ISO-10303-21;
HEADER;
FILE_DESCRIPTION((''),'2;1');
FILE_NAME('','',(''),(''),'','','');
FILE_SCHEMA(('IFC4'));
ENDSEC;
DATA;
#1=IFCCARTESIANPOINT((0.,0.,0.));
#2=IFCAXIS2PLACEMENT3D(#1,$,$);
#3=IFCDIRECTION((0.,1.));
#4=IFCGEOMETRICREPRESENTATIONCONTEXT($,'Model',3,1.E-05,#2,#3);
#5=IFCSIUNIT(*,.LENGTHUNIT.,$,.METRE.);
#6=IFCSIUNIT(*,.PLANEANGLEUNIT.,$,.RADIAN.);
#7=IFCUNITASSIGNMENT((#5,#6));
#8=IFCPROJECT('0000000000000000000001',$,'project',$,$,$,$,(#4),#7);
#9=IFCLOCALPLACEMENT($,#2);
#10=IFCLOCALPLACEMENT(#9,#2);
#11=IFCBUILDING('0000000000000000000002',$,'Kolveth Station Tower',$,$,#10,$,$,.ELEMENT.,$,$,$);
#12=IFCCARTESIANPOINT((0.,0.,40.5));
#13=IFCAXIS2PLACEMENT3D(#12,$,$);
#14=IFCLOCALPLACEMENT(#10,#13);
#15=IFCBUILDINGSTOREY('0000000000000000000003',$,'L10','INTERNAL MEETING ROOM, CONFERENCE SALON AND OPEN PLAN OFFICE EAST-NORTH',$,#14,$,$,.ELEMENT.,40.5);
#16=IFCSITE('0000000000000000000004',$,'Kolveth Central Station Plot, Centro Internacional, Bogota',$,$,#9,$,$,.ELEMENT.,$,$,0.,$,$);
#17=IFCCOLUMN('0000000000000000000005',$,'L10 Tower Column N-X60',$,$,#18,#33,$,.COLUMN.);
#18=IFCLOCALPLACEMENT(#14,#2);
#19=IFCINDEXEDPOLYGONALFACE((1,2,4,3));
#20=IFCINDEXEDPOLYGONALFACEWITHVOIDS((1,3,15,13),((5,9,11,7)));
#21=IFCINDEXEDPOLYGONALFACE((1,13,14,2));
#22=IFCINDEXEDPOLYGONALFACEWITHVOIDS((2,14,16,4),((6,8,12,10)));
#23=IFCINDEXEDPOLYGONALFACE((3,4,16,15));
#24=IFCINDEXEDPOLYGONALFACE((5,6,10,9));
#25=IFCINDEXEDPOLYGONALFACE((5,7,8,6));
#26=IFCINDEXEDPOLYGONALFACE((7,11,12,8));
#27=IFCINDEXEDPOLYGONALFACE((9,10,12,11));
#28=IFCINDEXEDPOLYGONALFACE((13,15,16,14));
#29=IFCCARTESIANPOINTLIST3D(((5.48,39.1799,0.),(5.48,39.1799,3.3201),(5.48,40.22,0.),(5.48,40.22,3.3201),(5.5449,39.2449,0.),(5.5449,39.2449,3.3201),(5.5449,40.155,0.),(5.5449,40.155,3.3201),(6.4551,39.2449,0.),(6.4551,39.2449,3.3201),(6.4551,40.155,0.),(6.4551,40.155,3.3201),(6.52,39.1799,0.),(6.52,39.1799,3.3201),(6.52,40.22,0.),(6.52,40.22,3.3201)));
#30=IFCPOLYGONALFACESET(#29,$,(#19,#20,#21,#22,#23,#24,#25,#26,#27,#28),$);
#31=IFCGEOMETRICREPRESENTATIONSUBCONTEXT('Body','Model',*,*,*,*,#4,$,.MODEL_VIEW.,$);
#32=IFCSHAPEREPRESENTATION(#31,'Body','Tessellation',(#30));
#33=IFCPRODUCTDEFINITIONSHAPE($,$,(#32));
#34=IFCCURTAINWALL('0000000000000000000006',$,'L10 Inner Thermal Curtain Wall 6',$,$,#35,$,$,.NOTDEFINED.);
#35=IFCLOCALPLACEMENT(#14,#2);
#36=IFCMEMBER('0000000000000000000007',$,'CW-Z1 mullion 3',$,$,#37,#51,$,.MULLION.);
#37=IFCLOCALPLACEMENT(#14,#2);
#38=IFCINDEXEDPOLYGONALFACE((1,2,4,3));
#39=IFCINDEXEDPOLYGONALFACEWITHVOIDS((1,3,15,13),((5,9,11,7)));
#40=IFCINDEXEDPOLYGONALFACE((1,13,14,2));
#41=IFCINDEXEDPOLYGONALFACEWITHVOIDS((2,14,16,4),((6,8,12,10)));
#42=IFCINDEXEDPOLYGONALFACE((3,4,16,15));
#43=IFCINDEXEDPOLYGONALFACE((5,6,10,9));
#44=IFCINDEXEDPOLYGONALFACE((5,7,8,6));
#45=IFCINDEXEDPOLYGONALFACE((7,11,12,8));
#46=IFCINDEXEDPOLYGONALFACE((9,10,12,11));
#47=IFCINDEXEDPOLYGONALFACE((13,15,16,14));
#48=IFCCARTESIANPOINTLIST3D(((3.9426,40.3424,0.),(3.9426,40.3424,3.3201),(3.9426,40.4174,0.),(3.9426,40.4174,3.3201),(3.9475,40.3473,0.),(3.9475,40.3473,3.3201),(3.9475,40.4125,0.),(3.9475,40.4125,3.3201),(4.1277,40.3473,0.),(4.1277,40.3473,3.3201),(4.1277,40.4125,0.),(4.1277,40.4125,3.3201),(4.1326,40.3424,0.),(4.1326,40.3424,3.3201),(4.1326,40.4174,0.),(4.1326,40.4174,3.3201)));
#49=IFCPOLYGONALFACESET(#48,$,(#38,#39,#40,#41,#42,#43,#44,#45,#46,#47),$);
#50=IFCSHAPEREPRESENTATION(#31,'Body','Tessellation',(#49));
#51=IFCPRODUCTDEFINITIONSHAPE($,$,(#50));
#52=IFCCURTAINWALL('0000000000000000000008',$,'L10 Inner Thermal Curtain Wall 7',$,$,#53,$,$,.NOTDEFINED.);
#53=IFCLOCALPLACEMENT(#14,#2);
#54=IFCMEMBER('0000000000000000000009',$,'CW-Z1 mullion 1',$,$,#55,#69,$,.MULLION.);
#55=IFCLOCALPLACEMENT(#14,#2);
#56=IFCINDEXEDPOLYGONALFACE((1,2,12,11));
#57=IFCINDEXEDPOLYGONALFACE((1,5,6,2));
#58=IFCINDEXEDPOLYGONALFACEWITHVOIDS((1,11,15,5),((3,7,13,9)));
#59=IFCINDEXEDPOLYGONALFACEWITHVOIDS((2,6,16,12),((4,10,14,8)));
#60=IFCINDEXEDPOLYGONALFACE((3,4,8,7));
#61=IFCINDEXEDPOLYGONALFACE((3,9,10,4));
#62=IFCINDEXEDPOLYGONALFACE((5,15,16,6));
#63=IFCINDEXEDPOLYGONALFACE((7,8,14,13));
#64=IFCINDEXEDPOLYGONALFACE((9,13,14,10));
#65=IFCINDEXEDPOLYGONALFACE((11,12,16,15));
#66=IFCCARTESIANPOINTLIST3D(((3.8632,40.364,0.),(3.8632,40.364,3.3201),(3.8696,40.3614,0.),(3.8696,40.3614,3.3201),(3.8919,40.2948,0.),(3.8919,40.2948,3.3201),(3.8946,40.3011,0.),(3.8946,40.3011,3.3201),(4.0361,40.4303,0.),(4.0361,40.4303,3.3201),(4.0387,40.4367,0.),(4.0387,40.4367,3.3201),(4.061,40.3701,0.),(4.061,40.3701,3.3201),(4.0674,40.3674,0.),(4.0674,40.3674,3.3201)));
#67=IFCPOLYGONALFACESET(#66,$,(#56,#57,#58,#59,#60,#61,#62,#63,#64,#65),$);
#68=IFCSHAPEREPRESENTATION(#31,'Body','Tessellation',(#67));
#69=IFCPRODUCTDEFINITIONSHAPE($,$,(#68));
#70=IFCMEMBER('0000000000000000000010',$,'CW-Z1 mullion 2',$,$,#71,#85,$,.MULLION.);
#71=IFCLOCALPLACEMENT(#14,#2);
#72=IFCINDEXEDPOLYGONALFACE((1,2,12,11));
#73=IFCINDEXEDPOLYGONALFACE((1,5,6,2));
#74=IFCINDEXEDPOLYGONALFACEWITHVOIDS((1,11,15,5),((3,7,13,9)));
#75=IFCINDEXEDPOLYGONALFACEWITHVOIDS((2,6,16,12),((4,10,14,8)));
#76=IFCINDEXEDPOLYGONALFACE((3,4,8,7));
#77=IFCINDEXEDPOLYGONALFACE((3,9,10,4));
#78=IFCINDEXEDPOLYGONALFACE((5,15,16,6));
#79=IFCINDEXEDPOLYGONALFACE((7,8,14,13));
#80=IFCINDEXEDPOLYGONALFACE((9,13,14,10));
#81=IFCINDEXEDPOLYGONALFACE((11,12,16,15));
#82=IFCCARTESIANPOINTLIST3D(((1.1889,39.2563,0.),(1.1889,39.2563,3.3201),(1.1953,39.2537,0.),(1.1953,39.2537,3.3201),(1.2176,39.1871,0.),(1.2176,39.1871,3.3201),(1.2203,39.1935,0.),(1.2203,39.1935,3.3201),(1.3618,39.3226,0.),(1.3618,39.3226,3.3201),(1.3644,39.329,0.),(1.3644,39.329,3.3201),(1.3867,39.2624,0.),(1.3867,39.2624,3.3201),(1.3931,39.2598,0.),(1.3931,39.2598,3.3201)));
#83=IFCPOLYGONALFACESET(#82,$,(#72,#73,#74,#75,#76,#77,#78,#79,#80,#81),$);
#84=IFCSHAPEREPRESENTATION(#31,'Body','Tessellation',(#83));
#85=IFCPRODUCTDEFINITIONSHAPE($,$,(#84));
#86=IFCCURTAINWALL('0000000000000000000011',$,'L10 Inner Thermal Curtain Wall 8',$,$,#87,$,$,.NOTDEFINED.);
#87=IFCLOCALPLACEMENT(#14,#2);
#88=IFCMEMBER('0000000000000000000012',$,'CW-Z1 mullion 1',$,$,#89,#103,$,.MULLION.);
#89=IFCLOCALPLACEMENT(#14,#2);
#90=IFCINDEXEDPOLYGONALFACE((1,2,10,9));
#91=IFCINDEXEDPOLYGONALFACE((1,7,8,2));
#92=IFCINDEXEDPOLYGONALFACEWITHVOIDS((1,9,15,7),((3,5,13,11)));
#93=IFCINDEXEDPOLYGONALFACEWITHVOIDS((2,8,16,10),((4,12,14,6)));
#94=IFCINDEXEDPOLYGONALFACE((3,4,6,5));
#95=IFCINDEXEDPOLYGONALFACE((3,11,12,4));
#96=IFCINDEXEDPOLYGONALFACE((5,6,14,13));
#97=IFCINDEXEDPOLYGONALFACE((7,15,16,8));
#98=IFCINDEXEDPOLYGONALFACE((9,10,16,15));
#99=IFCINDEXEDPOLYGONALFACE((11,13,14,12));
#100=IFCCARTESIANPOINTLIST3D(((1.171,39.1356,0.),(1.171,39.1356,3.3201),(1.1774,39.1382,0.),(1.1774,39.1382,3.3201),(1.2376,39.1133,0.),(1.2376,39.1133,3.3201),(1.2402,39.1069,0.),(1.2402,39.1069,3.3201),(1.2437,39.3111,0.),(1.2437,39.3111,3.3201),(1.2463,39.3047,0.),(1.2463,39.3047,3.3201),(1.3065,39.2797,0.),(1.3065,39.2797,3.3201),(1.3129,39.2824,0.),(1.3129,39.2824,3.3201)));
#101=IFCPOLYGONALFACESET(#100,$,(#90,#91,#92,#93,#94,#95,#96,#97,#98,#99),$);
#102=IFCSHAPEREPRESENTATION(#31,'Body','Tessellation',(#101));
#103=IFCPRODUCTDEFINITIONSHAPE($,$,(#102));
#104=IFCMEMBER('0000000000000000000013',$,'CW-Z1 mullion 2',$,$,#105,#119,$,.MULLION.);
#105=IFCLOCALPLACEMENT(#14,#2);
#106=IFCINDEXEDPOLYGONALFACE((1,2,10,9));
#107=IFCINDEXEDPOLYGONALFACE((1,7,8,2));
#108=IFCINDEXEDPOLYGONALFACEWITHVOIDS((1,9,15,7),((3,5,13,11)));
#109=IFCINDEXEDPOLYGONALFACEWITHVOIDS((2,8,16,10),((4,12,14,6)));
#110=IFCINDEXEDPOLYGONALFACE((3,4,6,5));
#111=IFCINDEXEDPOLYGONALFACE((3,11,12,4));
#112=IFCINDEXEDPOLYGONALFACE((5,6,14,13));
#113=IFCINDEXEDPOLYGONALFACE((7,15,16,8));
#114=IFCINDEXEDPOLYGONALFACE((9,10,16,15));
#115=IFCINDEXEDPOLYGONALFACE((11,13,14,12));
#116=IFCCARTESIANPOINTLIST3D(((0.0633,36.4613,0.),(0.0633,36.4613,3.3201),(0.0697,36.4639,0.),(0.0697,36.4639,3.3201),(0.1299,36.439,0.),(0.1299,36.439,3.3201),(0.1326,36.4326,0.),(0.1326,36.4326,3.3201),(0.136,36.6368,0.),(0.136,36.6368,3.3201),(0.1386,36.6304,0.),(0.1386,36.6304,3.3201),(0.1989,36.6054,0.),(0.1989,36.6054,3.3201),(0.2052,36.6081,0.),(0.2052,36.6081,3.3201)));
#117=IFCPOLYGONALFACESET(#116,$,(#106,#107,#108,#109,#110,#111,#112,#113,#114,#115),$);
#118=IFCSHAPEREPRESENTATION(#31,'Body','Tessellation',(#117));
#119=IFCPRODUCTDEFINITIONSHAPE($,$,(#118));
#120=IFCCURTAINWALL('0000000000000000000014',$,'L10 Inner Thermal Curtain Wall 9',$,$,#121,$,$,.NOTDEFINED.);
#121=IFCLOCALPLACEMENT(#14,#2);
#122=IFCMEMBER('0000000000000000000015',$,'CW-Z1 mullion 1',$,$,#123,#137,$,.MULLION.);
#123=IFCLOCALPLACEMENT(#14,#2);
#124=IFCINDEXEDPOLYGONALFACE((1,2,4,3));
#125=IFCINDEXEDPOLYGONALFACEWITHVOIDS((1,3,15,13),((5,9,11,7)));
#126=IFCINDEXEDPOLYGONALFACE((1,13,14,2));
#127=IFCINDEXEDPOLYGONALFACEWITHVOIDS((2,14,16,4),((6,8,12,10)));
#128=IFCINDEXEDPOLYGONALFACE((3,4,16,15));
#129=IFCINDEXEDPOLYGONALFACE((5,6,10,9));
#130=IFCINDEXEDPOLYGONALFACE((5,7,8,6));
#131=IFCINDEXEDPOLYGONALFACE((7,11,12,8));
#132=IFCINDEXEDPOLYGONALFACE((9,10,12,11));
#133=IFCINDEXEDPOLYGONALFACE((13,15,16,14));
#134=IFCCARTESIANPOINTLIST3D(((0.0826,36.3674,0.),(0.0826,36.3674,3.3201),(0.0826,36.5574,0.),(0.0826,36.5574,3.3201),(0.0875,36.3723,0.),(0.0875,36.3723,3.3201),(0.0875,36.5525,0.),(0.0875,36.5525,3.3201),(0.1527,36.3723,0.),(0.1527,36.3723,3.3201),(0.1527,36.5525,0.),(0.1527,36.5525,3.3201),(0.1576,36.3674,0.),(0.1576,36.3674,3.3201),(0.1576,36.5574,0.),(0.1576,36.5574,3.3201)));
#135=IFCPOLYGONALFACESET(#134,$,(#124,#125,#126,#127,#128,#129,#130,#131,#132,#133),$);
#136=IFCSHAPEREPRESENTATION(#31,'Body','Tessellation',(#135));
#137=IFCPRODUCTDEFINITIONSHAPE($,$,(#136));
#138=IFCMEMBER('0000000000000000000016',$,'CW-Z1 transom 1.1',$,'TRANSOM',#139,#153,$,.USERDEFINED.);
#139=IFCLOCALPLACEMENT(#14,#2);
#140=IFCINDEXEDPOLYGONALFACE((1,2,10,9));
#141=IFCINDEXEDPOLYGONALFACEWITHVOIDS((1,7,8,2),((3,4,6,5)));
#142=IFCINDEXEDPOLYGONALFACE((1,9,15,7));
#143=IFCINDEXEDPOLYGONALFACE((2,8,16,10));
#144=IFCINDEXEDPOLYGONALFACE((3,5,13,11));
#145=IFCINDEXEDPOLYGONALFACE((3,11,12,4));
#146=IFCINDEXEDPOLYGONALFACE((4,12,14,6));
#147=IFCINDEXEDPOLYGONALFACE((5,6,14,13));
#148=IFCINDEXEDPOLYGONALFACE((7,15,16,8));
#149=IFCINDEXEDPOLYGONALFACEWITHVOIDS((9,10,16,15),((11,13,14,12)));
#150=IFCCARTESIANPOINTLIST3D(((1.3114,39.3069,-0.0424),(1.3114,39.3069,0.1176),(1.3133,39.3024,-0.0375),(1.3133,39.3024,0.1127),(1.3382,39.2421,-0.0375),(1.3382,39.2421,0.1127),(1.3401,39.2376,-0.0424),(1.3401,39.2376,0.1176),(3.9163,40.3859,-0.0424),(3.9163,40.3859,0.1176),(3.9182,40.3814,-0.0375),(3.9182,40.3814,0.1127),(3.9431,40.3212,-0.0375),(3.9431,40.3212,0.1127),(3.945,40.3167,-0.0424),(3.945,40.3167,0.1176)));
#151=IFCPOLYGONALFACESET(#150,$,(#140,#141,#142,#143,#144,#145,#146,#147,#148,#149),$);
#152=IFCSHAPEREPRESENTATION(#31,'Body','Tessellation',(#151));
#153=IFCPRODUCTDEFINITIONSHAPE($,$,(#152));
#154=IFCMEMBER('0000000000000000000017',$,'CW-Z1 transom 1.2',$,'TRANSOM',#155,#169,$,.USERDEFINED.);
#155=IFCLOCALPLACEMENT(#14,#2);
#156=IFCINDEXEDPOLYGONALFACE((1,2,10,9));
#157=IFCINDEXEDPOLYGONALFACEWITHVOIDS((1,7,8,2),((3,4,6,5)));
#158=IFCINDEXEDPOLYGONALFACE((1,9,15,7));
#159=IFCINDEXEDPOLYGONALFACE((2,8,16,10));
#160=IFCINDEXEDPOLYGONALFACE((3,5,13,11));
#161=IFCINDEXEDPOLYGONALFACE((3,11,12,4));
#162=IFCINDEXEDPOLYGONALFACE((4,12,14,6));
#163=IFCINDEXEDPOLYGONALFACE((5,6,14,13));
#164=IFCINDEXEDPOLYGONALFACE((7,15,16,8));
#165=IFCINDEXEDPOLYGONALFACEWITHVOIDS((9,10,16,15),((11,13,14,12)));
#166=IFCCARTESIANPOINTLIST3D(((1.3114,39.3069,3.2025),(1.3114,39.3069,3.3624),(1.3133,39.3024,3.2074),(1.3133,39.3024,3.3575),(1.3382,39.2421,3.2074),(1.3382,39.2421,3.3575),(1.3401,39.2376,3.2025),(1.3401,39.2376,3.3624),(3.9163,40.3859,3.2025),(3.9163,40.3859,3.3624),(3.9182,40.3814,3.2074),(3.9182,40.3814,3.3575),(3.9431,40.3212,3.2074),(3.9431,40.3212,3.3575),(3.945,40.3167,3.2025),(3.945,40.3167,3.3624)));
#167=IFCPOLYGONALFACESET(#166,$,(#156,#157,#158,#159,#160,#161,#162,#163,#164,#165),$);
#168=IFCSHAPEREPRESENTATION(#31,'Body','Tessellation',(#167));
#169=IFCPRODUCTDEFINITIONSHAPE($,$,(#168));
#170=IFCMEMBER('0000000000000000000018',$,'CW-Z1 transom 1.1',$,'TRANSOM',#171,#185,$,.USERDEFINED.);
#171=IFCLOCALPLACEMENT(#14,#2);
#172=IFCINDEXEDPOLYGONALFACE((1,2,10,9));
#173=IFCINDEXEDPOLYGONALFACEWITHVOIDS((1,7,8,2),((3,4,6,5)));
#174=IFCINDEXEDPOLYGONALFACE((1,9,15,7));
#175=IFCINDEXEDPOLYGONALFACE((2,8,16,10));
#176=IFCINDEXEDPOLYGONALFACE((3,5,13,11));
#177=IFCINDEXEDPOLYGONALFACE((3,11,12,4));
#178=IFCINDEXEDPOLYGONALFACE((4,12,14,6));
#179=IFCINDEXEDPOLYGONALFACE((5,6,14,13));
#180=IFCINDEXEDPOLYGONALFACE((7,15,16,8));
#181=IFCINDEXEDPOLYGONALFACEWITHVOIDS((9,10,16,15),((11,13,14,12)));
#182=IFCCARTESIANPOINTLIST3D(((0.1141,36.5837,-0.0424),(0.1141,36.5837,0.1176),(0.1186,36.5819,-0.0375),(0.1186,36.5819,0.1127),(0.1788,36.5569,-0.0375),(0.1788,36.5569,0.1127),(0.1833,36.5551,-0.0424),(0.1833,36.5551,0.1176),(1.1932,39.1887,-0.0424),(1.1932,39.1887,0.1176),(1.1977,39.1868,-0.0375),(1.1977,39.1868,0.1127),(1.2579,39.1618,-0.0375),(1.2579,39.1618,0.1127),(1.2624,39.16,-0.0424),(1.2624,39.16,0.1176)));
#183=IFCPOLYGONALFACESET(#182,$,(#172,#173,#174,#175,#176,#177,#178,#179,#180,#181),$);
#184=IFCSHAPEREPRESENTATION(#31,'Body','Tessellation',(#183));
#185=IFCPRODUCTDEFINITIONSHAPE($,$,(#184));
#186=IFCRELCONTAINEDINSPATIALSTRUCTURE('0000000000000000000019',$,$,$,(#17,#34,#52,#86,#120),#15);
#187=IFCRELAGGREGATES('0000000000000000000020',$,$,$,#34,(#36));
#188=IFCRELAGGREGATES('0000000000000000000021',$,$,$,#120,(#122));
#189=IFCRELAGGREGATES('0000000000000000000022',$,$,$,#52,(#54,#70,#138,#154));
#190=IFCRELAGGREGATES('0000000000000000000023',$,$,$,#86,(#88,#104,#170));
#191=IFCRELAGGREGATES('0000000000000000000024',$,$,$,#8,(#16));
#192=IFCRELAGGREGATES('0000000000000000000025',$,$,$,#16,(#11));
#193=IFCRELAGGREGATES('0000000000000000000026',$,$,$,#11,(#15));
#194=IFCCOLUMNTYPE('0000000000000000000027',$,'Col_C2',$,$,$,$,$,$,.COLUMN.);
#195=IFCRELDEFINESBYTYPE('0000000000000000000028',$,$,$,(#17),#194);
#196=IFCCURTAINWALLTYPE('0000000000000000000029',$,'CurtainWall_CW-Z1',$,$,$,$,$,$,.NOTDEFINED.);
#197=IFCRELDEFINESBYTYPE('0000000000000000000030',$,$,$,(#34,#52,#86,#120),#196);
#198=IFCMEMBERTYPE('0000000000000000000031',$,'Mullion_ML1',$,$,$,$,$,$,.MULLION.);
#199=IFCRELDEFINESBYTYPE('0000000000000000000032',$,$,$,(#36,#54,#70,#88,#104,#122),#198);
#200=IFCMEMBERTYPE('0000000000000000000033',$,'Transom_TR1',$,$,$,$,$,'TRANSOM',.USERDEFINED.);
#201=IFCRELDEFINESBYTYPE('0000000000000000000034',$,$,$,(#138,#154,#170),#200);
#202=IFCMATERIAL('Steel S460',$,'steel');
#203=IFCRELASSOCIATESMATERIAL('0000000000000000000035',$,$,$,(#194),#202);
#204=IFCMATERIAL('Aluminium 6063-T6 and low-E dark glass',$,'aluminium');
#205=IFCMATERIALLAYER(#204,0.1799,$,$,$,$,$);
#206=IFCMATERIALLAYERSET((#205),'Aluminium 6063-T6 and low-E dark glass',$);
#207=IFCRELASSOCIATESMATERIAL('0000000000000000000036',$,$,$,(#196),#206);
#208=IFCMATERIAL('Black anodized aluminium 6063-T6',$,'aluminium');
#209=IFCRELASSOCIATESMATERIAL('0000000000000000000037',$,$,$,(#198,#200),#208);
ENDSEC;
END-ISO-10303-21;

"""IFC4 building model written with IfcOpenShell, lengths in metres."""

from ifc_helpers import new_model, si_unit, direction, frame, origin, origin_2d, place, context, subcontext, project, spatial, hollow_rectangle, extrude, source, transform, mapped, material, layer, layer_set, material_profile, profile_set, type_object, element, aggregate, save


model = new_model("IFC4")

# Units and contexts
model_context = context("Model", 3, precision=1e-05, world=origin(), true_north=direction((0.0, 1.0)))
body_context = subcontext(model_context, "Body", "Model", "MODEL_VIEW")
ifc_project = project(units=[si_unit("LENGTHUNIT", "METRE"), si_unit("PLANEANGLEUNIT", "RADIAN")], contexts=[model_context])

# Site, building, storey
site_placement = place(None, origin())
site = spatial("IfcSite", under=ifc_project, at=site_placement, Name="Kolveth Central Station Plot, Centro Internacional, Bogota", CompositionType="ELEMENT", RefElevation=0.0)
building_placement = place(site_placement, origin())
building = spatial("IfcBuilding", under=site, at=building_placement, Name="Kolveth Station Tower", CompositionType="ELEMENT")
storey_placement = place(building_placement, frame((0.0, 0.0, 40.5)))
storey = spatial("IfcBuildingStorey", under=building, at=storey_placement, Name="L10", Description="INTERNAL MEETING ROOM, CONFERENCE SALON AND OPEN PLAN OFFICE EAST-NORTH", CompositionType="ELEMENT", Elevation=40.5)

# Column
ifc_material_1 = material(Name="Steel S460", Category="steel")
ifc_material_profile_1 = material_profile(ifc_material_1, hollow_rectangle(XDim=1.04, YDim=1.04, WallThickness=0.0649, at=origin_2d()), Name="BOX1040x1040x65")
ifc_profile_set_1 = profile_set([ifc_material_profile_1], Name="Steel S460")
column_type = type_object("IfcColumnType", Name="Col_C2", PredefinedType="COLUMN", material=ifc_profile_set_1)
shared_shape_1 = source(origin(), body_context, "Body", "SweptSolid", [
    extrude(hollow_rectangle(XDim=1.04, YDim=1.04, WallThickness=0.0649, at=origin_2d()), origin(), (0.0, 0.0, 1.0), 3.3201),
])
column_placement = place(storey_placement, frame((6.0, 39.7, 0.0), z_axis=(0.0, 0.0, 1.0), x_axis=(1.0, 0.0, 0.0)))
element("IfcColumn", 1, at=column_placement, inside=storey, type_object=column_type, Name="L10 Tower Column N-X60", PredefinedType="COLUMN", context=body_context, shape_type="MappedRepresentation", body=[
    mapped(shared_shape_1, transform((0.0, 0.0, 0.0), x_axis=(1.0, 0.0, 0.0), y_axis=(0.0, 1.0, 0.0), z_axis=(0.0, 0.0, 1.0), scale=1.0)),
])

# Curtain wall, member
ifc_material_2 = material(Name="Aluminium 6063-T6 and low-E dark glass", Category="aluminium")
ifc_layer_1 = layer(ifc_material_2, 0.1799)
ifc_layer_set_1 = layer_set([ifc_layer_1], Name="Aluminium 6063-T6 and low-E dark glass")
curtain_wall_type_1 = type_object("IfcCurtainWallType", Name="CurtainWall_CW-Z1", PredefinedType="NOTDEFINED", material=ifc_layer_set_1)
curtain_wall_1_placement = place(storey_placement, origin())
curtain_wall_1 = element("IfcCurtainWall", 2, at=curtain_wall_1_placement, inside=storey, type_object=curtain_wall_type_1, Name="L10 Inner Thermal Curtain Wall 6", PredefinedType="NOTDEFINED")
ifc_material_3 = material(Name="Black anodized aluminium 6063-T6", Category="aluminium")
ifc_material_profile_2 = material_profile(ifc_material_3, hollow_rectangle(XDim=0.075, YDim=0.1899, WallThickness=0.0049, at=origin_2d()), Name="ALU-75x190x5")
ifc_profile_set_2 = profile_set([ifc_material_profile_2], Name="Black anodized aluminium 6063-T6")
member_type_1 = type_object("IfcMemberType", Name="Mullion_ML1", PredefinedType="MULLION", material=ifc_profile_set_2)
shared_shape_2 = source(origin(), body_context, "Body", "SweptSolid", [
    extrude(hollow_rectangle(XDim=0.075, YDim=0.1899, WallThickness=0.0049, at=origin_2d()), origin(), (0.0, 0.0, 1.0), 3.3201),
])
member_1_placement = place(storey_placement, frame((4.0376, 40.3799, 0.0), z_axis=(0.0, 0.0, 1.0), x_axis=(0.0, -1.0, 0.0)))
member_1 = element("IfcMember", 3, at=member_1_placement, type_object=member_type_1, Name="CW-Z1 mullion 3", PredefinedType="MULLION", context=body_context, shape_type="MappedRepresentation", body=[
    mapped(shared_shape_2, transform((0.0, 0.0, 0.0), x_axis=(1.0, 0.0, 0.0), y_axis=(0.0, 1.0, 0.0), z_axis=(0.0, 0.0, 1.0), scale=1.0)),
])
aggregate(curtain_wall_1, [member_1])

# Curtain walls, members
curtain_wall_2_placement = place(storey_placement, origin())
curtain_wall_2 = element("IfcCurtainWall", 4, at=curtain_wall_2_placement, inside=storey, type_object=curtain_wall_type_1, Name="L10 Inner Thermal Curtain Wall 7", PredefinedType="NOTDEFINED")
member_2_placement = place(storey_placement, frame((3.9653, 40.3657, 0.0), z_axis=(0.0, 0.0, 1.0), x_axis=(0.382673, -0.923884, 0.0)))
member_2 = element("IfcMember", 5, at=member_2_placement, type_object=member_type_1, Name="CW-Z1 mullion 1", PredefinedType="MULLION", context=body_context, shape_type="MappedRepresentation", body=[
    mapped(shared_shape_2, transform((0.0, 0.0, 0.0), x_axis=(1.0, 0.0, 0.0), y_axis=(0.0, 1.0, 0.0), z_axis=(0.0, 0.0, 1.0), scale=1.0)),
])
member_3_placement = place(storey_placement, frame((1.291, 39.2581, 0.0), z_axis=(0.0, 0.0, 1.0), x_axis=(0.382673, -0.923884, 0.0)))
member_3 = element("IfcMember", 6, at=member_3_placement, type_object=member_type_1, Name="CW-Z1 mullion 2", PredefinedType="MULLION", context=body_context, shape_type="MappedRepresentation", body=[
    mapped(shared_shape_2, transform((0.0, 0.0, 0.0), x_axis=(1.0, 0.0, 0.0), y_axis=(0.0, 1.0, 0.0), z_axis=(0.0, 0.0, 1.0), scale=1.0)),
])
curtain_wall_3_placement = place(storey_placement, origin())
curtain_wall_3 = element("IfcCurtainWall", 7, at=curtain_wall_3_placement, inside=storey, type_object=curtain_wall_type_1, Name="L10 Inner Thermal Curtain Wall 8", PredefinedType="NOTDEFINED")
member_4_placement = place(storey_placement, frame((1.2419, 39.209, 0.0), z_axis=(0.0, 0.0, 1.0), x_axis=(0.923884, -0.382673, 0.0)))
member_4 = element("IfcMember", 8, at=member_4_placement, type_object=member_type_1, Name="CW-Z1 mullion 1", PredefinedType="MULLION", context=body_context, shape_type="MappedRepresentation", body=[
    mapped(shared_shape_2, transform((0.0, 0.0, 0.0), x_axis=(1.0, 0.0, 0.0), y_axis=(0.0, 1.0, 0.0), z_axis=(0.0, 0.0, 1.0), scale=1.0)),
])
member_5_placement = place(storey_placement, frame((0.1343, 36.5347, 0.0), z_axis=(0.0, 0.0, 1.0), x_axis=(0.923884, -0.382673, 0.0)))
member_5 = element("IfcMember", 9, at=member_5_placement, type_object=member_type_1, Name="CW-Z1 mullion 2", PredefinedType="MULLION", context=body_context, shape_type="MappedRepresentation", body=[
    mapped(shared_shape_2, transform((0.0, 0.0, 0.0), x_axis=(1.0, 0.0, 0.0), y_axis=(0.0, 1.0, 0.0), z_axis=(0.0, 0.0, 1.0), scale=1.0)),
])

# Curtain wall, member
curtain_wall_4_placement = place(storey_placement, origin())
curtain_wall_4 = element("IfcCurtainWall", 10, at=curtain_wall_4_placement, inside=storey, type_object=curtain_wall_type_1, Name="L10 Inner Thermal Curtain Wall 9", PredefinedType="NOTDEFINED")
member_6_placement = place(storey_placement, frame((0.1201, 36.4624, 0.0), z_axis=(0.0, 0.0, 1.0), x_axis=(1.0, 0.0, 0.0)))
member_6 = element("IfcMember", 11, at=member_6_placement, type_object=member_type_1, Name="CW-Z1 mullion 1", PredefinedType="MULLION", context=body_context, shape_type="MappedRepresentation", body=[
    mapped(shared_shape_2, transform((0.0, 0.0, 0.0), x_axis=(1.0, 0.0, 0.0), y_axis=(0.0, 1.0, 0.0), z_axis=(0.0, 0.0, 1.0), scale=1.0)),
])
aggregate(curtain_wall_4, [member_6])

# Members
ifc_material_profile_3 = material_profile(ifc_material_3, hollow_rectangle(XDim=0.075, YDim=0.1599, WallThickness=0.0049, at=origin_2d()), Name="ALU-75x160x5")
ifc_profile_set_3 = profile_set([ifc_material_profile_3], Name="Black anodized aluminium 6063-T6")
member_type_2 = type_object("IfcMemberType", Name="Transom_TR1", ElementType="TRANSOM", PredefinedType="USERDEFINED", material=ifc_profile_set_3)
shared_shape_3 = source(origin(), body_context, "Body", "SweptSolid", [
    extrude(hollow_rectangle(XDim=0.075, YDim=0.1599, WallThickness=0.0049, at=origin_2d()), origin(), (0.0, 0.0, 1.0), 2.8196),
])
member_7_placement = place(storey_placement, frame((3.9307, 40.3513, 0.0376), z_axis=(-0.923869, -0.382709, 0.0), x_axis=(0.382709, -0.923869, 0.0)))
member_7 = element("IfcMember", 12, at=member_7_placement, type_object=member_type_2, Name="CW-Z1 transom 1.1", ObjectType="TRANSOM", PredefinedType="USERDEFINED", context=body_context, shape_type="MappedRepresentation", body=[
    mapped(shared_shape_3, transform((0.0, 0.0, 0.0), x_axis=(1.0, 0.0, 0.0), y_axis=(0.0, 1.0, 0.0), z_axis=(0.0, 0.0, 1.0), scale=1.0)),
])
member_8_placement = place(storey_placement, frame((3.9307, 40.3513, 3.2825), z_axis=(-0.923869, -0.382709, 0.0), x_axis=(0.382709, -0.923869, 0.0)))
member_8 = element("IfcMember", 13, at=member_8_placement, type_object=member_type_2, Name="CW-Z1 transom 1.2", ObjectType="TRANSOM", PredefinedType="USERDEFINED", context=body_context, shape_type="MappedRepresentation", body=[
    mapped(shared_shape_3, transform((0.0, 0.0, 0.0), x_axis=(1.0, 0.0, 0.0), y_axis=(0.0, 1.0, 0.0), z_axis=(0.0, 0.0, 1.0), scale=1.0)),
])
member_9_placement = place(storey_placement, frame((1.2278, 39.1743, 0.0376), z_axis=(-0.382709, -0.923869, 0.0), x_axis=(0.923869, -0.382709, 0.0)))
member_9 = element("IfcMember", 14, at=member_9_placement, type_object=member_type_2, Name="CW-Z1 transom 1.1", ObjectType="TRANSOM", PredefinedType="USERDEFINED", context=body_context, shape_type="MappedRepresentation", body=[
    mapped(shared_shape_3, transform((0.0, 0.0, 0.0), x_axis=(1.0, 0.0, 0.0), y_axis=(0.0, 1.0, 0.0), z_axis=(0.0, 0.0, 1.0), scale=1.0)),
])

aggregate(curtain_wall_2, [member_2, member_3, member_7, member_8])
aggregate(curtain_wall_3, [member_4, member_5, member_9])

save(model, "model.ifc")
